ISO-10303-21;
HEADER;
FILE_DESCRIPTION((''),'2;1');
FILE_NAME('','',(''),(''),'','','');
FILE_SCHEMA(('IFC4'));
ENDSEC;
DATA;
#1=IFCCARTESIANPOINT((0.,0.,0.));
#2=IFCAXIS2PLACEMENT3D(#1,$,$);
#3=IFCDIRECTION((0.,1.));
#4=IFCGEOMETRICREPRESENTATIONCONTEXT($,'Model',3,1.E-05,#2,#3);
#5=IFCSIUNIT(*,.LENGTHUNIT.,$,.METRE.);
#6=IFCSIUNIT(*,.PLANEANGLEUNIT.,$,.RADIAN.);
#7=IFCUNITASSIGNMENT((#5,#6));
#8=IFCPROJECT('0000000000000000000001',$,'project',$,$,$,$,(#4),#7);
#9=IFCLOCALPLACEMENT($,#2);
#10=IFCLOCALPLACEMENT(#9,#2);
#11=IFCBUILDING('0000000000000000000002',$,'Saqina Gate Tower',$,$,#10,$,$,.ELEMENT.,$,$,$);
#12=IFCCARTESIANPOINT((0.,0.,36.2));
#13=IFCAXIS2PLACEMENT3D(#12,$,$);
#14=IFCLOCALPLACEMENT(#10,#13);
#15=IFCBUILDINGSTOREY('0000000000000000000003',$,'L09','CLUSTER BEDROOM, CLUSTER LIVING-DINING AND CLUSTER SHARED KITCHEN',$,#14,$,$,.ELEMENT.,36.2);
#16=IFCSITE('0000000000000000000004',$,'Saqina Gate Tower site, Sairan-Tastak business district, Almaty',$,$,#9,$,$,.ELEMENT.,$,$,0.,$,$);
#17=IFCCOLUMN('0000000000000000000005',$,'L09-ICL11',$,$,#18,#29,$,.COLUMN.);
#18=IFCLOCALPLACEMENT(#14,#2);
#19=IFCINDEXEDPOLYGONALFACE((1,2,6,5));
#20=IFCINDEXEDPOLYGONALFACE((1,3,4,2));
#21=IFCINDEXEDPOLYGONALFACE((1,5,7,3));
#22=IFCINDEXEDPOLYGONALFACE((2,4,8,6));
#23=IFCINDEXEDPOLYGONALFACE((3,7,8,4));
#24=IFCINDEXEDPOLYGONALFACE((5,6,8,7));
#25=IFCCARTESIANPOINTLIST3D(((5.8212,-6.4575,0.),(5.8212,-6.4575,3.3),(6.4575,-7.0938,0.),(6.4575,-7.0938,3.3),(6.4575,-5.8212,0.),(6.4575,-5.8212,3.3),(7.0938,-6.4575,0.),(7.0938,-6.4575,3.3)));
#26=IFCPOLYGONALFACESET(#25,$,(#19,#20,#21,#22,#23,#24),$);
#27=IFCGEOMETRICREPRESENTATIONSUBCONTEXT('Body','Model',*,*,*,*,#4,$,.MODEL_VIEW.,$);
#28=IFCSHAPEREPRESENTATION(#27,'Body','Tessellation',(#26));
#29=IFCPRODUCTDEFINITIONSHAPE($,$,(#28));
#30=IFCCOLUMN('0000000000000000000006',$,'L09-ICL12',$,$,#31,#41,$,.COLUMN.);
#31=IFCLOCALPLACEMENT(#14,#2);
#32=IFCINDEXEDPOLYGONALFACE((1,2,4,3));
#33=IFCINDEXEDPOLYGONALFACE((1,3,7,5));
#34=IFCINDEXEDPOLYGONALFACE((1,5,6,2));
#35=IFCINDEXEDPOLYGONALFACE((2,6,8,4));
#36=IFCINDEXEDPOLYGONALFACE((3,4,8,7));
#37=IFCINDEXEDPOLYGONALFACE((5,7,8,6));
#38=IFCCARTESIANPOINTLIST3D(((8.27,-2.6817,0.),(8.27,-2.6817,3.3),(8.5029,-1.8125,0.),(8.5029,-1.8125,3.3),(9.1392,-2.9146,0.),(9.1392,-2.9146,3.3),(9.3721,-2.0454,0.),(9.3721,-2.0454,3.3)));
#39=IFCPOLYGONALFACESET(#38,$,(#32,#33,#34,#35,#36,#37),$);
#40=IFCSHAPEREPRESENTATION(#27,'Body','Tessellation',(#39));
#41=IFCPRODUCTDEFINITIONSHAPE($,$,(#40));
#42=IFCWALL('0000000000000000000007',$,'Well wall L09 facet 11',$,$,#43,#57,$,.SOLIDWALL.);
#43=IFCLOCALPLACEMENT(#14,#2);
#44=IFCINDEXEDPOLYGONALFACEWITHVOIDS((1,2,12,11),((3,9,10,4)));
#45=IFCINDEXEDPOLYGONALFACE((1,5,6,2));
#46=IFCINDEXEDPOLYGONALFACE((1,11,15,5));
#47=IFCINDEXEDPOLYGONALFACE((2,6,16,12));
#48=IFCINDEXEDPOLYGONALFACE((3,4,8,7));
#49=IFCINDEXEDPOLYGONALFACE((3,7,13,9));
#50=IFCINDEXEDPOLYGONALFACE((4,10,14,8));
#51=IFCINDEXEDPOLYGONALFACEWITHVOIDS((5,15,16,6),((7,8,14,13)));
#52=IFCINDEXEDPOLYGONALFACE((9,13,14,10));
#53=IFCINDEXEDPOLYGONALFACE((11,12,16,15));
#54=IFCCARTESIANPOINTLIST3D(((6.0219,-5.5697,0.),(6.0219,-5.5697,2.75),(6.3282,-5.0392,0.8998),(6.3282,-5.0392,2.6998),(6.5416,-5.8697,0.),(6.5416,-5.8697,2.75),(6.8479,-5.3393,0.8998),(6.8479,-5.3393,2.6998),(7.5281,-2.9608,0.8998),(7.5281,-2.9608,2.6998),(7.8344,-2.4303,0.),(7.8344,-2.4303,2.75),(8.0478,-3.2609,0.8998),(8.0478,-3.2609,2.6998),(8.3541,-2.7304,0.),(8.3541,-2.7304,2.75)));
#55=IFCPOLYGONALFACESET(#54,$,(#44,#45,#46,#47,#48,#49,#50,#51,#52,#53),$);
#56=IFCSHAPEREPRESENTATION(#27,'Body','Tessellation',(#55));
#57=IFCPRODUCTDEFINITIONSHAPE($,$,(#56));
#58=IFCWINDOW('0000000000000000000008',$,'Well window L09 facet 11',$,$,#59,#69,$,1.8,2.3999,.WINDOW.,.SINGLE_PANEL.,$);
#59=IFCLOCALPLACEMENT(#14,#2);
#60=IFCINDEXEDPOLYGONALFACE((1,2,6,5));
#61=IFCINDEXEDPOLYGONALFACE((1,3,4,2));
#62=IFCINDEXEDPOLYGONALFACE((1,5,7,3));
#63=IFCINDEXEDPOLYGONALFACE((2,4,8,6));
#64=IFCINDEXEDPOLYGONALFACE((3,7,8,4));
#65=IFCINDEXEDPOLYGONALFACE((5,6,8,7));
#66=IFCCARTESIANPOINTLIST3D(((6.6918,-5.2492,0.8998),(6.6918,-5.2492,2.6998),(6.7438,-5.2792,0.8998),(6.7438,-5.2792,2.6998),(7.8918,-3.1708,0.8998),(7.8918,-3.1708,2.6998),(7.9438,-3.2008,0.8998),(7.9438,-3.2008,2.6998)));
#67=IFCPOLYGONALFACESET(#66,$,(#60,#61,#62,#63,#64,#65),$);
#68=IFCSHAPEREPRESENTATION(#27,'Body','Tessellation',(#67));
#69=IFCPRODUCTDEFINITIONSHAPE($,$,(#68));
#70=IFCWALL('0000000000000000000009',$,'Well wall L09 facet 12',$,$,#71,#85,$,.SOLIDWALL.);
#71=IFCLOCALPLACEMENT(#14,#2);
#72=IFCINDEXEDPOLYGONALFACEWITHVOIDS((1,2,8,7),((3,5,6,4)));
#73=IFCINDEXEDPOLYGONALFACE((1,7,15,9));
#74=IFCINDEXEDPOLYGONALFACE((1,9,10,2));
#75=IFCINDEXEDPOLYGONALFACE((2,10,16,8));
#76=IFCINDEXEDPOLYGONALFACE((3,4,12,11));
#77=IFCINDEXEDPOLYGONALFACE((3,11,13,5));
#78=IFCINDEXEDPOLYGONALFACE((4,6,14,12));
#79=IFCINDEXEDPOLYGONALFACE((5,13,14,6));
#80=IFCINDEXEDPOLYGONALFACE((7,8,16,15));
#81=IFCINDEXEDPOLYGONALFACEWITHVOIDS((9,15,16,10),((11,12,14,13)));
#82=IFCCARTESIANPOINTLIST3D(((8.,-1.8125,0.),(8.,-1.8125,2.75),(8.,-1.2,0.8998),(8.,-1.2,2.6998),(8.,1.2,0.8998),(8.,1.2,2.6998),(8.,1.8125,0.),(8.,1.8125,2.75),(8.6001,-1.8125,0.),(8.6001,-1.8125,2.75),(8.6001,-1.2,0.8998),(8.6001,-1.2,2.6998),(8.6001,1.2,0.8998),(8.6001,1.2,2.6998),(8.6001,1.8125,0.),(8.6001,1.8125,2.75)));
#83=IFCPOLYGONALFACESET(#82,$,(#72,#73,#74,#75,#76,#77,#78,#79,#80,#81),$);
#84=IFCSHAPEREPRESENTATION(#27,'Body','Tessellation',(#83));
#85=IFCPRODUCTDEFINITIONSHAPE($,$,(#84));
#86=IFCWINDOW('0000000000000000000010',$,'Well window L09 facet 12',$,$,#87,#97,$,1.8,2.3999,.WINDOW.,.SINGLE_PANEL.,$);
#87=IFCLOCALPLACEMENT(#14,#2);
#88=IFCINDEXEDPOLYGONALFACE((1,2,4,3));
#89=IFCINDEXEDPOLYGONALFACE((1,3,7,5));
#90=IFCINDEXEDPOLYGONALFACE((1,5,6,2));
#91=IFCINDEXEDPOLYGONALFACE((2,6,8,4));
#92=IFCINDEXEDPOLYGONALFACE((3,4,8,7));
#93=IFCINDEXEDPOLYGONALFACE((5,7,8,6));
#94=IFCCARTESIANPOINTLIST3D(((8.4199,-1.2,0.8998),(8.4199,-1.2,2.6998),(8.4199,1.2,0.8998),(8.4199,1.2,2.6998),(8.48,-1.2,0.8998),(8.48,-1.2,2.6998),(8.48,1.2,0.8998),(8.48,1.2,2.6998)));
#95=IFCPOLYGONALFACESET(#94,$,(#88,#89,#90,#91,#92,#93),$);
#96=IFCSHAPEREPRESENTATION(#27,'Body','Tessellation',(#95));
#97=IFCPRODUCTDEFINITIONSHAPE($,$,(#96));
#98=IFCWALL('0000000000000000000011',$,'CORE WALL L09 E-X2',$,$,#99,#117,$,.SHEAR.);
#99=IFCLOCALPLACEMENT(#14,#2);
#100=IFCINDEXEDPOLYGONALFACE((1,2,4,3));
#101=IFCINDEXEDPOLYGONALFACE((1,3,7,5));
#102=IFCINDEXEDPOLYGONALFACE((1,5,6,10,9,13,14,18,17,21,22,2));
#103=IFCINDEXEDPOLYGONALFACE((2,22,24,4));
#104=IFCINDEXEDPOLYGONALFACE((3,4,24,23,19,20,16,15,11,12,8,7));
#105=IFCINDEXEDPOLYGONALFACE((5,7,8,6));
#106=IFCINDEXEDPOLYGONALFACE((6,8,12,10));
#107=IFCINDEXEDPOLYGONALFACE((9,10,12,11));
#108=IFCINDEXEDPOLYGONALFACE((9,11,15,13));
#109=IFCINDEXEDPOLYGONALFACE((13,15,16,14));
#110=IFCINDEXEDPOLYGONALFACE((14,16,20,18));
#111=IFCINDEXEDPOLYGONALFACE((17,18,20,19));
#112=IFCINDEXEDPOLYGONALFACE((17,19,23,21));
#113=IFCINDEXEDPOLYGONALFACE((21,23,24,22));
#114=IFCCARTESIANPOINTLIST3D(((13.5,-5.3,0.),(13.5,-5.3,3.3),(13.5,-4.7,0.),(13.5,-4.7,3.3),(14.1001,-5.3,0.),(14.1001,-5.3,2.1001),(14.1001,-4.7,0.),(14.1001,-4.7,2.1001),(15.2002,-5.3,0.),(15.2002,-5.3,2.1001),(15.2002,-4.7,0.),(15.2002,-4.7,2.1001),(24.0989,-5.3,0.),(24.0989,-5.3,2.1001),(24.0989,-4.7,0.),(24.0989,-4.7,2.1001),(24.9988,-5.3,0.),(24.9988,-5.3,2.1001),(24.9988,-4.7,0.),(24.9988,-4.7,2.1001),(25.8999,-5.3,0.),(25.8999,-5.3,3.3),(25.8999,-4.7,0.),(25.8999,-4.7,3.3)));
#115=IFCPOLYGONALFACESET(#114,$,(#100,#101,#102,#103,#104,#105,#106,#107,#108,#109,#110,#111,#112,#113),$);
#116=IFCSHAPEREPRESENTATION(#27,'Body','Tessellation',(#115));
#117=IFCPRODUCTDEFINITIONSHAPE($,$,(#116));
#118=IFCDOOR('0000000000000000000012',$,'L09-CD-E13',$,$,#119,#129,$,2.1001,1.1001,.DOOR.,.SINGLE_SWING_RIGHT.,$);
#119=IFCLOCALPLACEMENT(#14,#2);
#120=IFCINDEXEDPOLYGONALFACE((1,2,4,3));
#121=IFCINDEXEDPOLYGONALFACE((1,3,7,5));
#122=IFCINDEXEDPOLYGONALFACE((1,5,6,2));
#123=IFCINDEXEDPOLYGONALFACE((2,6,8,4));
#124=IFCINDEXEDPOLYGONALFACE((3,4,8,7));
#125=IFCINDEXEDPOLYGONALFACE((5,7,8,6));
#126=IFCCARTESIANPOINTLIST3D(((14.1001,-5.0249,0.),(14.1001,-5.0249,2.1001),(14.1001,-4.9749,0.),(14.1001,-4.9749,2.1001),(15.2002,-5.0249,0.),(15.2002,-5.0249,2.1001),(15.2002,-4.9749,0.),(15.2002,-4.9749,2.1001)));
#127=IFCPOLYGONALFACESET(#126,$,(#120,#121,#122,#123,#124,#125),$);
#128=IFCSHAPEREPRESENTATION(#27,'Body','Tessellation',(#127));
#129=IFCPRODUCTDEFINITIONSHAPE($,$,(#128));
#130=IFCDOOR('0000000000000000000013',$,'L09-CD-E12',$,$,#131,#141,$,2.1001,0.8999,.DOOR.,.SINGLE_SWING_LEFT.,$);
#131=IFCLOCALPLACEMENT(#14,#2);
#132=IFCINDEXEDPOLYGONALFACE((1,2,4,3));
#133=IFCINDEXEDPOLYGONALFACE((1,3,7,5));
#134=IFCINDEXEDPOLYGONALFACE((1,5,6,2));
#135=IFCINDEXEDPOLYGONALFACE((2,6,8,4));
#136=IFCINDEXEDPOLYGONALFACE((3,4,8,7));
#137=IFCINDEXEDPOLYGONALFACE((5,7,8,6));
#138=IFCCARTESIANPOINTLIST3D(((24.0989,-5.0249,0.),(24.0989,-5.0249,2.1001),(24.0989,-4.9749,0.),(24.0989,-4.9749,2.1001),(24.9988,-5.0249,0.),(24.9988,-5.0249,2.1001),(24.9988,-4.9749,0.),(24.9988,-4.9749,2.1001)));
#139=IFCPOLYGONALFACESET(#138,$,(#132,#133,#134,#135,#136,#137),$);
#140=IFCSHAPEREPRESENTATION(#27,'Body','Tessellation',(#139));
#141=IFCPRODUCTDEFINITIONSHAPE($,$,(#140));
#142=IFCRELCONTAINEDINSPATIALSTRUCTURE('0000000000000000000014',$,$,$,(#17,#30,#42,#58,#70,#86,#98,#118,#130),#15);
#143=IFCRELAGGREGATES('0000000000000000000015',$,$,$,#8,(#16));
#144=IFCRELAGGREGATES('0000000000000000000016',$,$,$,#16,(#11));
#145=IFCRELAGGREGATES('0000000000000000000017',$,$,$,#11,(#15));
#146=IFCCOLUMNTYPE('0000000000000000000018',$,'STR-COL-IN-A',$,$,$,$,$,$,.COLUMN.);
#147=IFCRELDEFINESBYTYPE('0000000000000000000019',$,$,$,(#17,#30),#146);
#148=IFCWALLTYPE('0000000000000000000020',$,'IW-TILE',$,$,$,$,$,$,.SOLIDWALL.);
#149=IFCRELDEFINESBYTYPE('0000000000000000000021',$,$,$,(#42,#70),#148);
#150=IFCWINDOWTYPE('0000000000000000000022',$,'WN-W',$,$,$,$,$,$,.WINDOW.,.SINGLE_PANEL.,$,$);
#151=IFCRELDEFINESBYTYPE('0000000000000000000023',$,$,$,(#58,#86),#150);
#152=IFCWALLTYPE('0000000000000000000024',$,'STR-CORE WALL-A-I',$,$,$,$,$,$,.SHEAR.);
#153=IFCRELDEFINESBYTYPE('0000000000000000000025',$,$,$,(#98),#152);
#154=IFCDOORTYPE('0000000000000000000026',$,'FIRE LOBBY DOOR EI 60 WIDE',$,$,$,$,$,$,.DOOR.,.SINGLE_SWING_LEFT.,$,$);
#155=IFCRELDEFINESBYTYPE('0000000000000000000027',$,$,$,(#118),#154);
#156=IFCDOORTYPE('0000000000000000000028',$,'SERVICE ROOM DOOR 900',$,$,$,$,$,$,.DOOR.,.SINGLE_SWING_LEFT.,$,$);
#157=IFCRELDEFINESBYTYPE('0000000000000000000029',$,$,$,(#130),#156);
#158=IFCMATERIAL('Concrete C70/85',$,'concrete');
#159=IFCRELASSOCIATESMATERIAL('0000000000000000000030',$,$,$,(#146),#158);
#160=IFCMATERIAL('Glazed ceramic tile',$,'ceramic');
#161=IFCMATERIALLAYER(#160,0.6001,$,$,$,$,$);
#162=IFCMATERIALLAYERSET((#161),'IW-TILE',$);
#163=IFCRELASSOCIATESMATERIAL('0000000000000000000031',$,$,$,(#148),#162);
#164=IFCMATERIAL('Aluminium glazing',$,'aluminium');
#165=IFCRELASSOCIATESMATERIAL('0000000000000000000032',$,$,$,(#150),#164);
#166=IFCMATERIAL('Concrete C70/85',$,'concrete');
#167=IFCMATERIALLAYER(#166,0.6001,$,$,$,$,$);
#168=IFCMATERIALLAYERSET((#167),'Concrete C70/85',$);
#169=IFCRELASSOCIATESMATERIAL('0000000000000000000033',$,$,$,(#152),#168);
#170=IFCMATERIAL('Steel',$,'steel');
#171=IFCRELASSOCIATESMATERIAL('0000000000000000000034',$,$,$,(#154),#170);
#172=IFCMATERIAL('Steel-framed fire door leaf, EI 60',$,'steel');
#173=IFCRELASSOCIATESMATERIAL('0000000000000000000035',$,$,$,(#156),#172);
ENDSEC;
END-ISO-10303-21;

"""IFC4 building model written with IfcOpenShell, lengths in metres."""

from ifc_helpers import new_model, si_unit, direction, frame, frame_2d, origin, origin_2d, place, context, subcontext, project, spatial, rectangle, extrude, material, layer, layer_set, material_profile, profile_set, type_object, element, fill, save


model = new_model("IFC4")

# Units and contexts
model_context = context("Model", 3, precision=1e-05, world=origin(), true_north=direction((0.0, 1.0)))
body_context = subcontext(model_context, "Body", "Model", "MODEL_VIEW")
ifc_project = project(units=[si_unit("LENGTHUNIT", "METRE"), si_unit("PLANEANGLEUNIT", "RADIAN")], contexts=[model_context])

# Site, building, storey
site_placement = place(None, origin())
site = spatial("IfcSite", under=ifc_project, at=site_placement, Name="Saqina Gate Tower site, Sairan-Tastak business district, Almaty", CompositionType="ELEMENT", RefElevation=0.0)
building_placement = place(site_placement, origin())
building = spatial("IfcBuilding", under=site, at=building_placement, Name="Saqina Gate Tower", CompositionType="ELEMENT")
storey_placement = place(building_placement, frame((0.0, 0.0, 36.2)))
storey = spatial("IfcBuildingStorey", under=building, at=storey_placement, Name="L09", Description="CLUSTER BEDROOM, CLUSTER LIVING-DINING AND CLUSTER SHARED KITCHEN", CompositionType="ELEMENT", Elevation=36.2)

# Columns
ifc_material_1 = material(Name="Concrete C70/85", Category="concrete")
ifc_material_profile = material_profile(ifc_material_1, rectangle(XDim=0.8999, YDim=0.8999, at=origin_2d()), Name="RC 900x900")
ifc_profile_set = profile_set([ifc_material_profile], Name="Concrete C70/85")
column_type = type_object("IfcColumnType", Name="STR-COL-IN-A", PredefinedType="COLUMN", material=ifc_profile_set)
for number, where, z_axis, x_axis, name in (
    (1, (6.4575, -6.4575, 0.0), (0.0, 0.0, 1.0), (0.707107, -0.707107, 0.0), "L09-ICL11"),
    (2, (8.821, -2.3635, 0.0), (0.0, 0.0, 1.0), (0.965926, -0.258819, 0.0), "L09-ICL12"),
):
    element("IfcColumn", number, at=place(storey_placement, frame(where, z_axis=z_axis, x_axis=x_axis)), inside=storey, type_object=column_type, Name=name, PredefinedType="COLUMN", context=body_context, shape_type="SweptSolid", body=[
        extrude(rectangle(XDim=0.8999, YDim=0.8999, at=origin_2d()), origin(), (0.0, 0.0, 1.0), 3.3),
    ])

# Walls, openings, windows
ifc_material_2 = material(Name="Glazed ceramic tile", Category="ceramic")
ifc_layer_1 = layer(ifc_material_2, 0.6001)
ifc_layer_set_1 = layer_set([ifc_layer_1], Name="IW-TILE")
wall_type_1 = type_object("IfcWallType", Name="IW-TILE", PredefinedType="SOLIDWALL", material=ifc_layer_set_1)
wall_1_placement = place(storey_placement, frame((6.2817, -5.7197, 0.0), z_axis=(0.0, 0.0, 1.0), x_axis=(0.499993, 0.86603, 0.0)))
wall_1 = element("IfcWall", 3, at=wall_1_placement, inside=storey, type_object=wall_type_1, Name="Well wall L09 facet 11", PredefinedType="SOLIDWALL", context=body_context, shape_type="SweptSolid", body=[
    extrude(rectangle(XDim=3.625, YDim=0.6001, at=frame_2d((1.8125, 0.0))), origin(), (0.0, 0.0, 1.0), 2.75),
])
opening_1_placement = place(wall_1_placement, frame((0.6125, 0.0, 0.8999)))
opening_1 = element("IfcOpeningElement", 4, at=opening_1_placement, cuts=wall_1, PredefinedType="OPENING", context=body_context, shape_type="SweptSolid", body=[
    extrude(rectangle(XDim=2.3999, YDim=1.8, at=frame_2d((1.2, 0.8999))), frame((0.0, 0.312, 0.0), z_axis=(0.0, -1.0, 0.0), x_axis=(1.0, 0.0, 0.0)), (0.0, 0.0, 1.0), 0.624),
])
ifc_material_3 = material(Name="Aluminium glazing", Category="aluminium")
window_type = type_object("IfcWindowType", Name="WN-W", PartitioningType="SINGLE_PANEL", PredefinedType="WINDOW", material=ifc_material_3)
window_1_placement = place(opening_1_placement, origin())
window_1 = element("IfcWindow", 5, at=window_1_placement, inside=storey, type_object=window_type, Name="Well window L09 facet 11", OverallHeight=1.8, OverallWidth=2.3999, PartitioningType="SINGLE_PANEL", PredefinedType="WINDOW", context=body_context, shape_type="SweptSolid", body=[
    extrude(rectangle(XDim=2.3999, YDim=1.8, at=frame_2d((1.2, 0.8999))), frame((0.0, -0.1199, 0.0), z_axis=(0.0, -1.0, 0.0), x_axis=(1.0, 0.0, 0.0)), (0.0, 0.0, 1.0), 0.0601),
])
fill(opening_1, window_1)
wall_2_placement = place(storey_placement, frame((8.3, -1.8125, 0.0), z_axis=(0.0, 0.0, 1.0), x_axis=(0.0, 1.0, 0.0)))
wall_2 = element("IfcWall", 6, at=wall_2_placement, inside=storey, type_object=wall_type_1, Name="Well wall L09 facet 12", PredefinedType="SOLIDWALL", context=body_context, shape_type="SweptSolid", body=[
    extrude(rectangle(XDim=3.625, YDim=0.6001, at=frame_2d((1.8125, 0.0))), origin(), (0.0, 0.0, 1.0), 2.75),
])
opening_2_placement = place(wall_2_placement, frame((0.6125, 0.0, 0.8999)))
opening_2 = element("IfcOpeningElement", 7, at=opening_2_placement, cuts=wall_2, PredefinedType="OPENING", context=body_context, shape_type="SweptSolid", body=[
    extrude(rectangle(XDim=2.3999, YDim=1.8, at=frame_2d((1.2, 0.8999))), frame((0.0, 0.312, 0.0), z_axis=(0.0, -1.0, 0.0), x_axis=(1.0, 0.0, 0.0)), (0.0, 0.0, 1.0), 0.624),
])
window_2_placement = place(opening_2_placement, origin())
window_2 = element("IfcWindow", 8, at=window_2_placement, inside=storey, type_object=window_type, Name="Well window L09 facet 12", OverallHeight=1.8, OverallWidth=2.3999, PartitioningType="SINGLE_PANEL", PredefinedType="WINDOW", context=body_context, shape_type="SweptSolid", body=[
    extrude(rectangle(XDim=2.3999, YDim=1.8, at=frame_2d((1.2, 0.8999))), frame((0.0, -0.1199, 0.0), z_axis=(0.0, -1.0, 0.0), x_axis=(1.0, 0.0, 0.0)), (0.0, 0.0, 1.0), 0.0601),
])
fill(opening_2, window_2)

# Wall, openings, doors
ifc_material_4 = material(Name="Concrete C70/85", Category="concrete")
ifc_layer_2 = layer(ifc_material_4, 0.6001)
ifc_layer_set_2 = layer_set([ifc_layer_2], Name="Concrete C70/85")
wall_type_2 = type_object("IfcWallType", Name="STR-CORE WALL-A-I", PredefinedType="SHEAR", material=ifc_layer_set_2)
wall_3_placement = place(storey_placement, frame((13.5, -5.0, 0.0), z_axis=(0.0, 0.0, 1.0), x_axis=(1.0, 0.0, 0.0)))
wall_3 = element("IfcWall", 9, at=wall_3_placement, inside=storey, type_object=wall_type_2, Name="CORE WALL L09 E-X2", PredefinedType="SHEAR", context=body_context, shape_type="SweptSolid", body=[
    extrude(rectangle(XDim=12.3999, YDim=0.6001, at=frame_2d((6.2, 0.0))), origin(), (0.0, 0.0, 1.0), 3.3),
])
opening_3_placement = place(wall_3_placement, frame((10.5989, 0.0, 0.0)))
opening_3 = element("IfcOpeningElement", 10, at=opening_3_placement, cuts=wall_3, PredefinedType="OPENING", context=body_context, shape_type="SweptSolid", body=[
    extrude(rectangle(XDim=0.8999, YDim=2.1001, at=frame_2d((0.45, 1.05))), frame((0.0, 0.312, 0.0), z_axis=(0.0, -1.0, 0.0), x_axis=(1.0, 0.0, 0.0)), (0.0, 0.0, 1.0), 0.624),
])
opening_4_placement = place(wall_3_placement, frame((0.6001, 0.0, 0.0)))
opening_4 = element("IfcOpeningElement", 11, at=opening_4_placement, cuts=wall_3, PredefinedType="OPENING", context=body_context, shape_type="SweptSolid", body=[
    extrude(rectangle(XDim=1.1001, YDim=2.1001, at=frame_2d((0.55, 1.05))), frame((0.0, 0.312, 0.0), z_axis=(0.0, -1.0, 0.0), x_axis=(1.0, 0.0, 0.0)), (0.0, 0.0, 1.0), 0.624),
])
ifc_material_5 = material(Name="Steel", Category="steel")
door_type_1 = type_object("IfcDoorType", Name="FIRE LOBBY DOOR EI 60 WIDE", OperationType="SINGLE_SWING_LEFT", PredefinedType="DOOR", material=ifc_material_5)
door_1_placement = place(opening_4_placement, frame((1.1001, 0.0, 0.0), z_axis=(0.0, 0.0, 1.0), x_axis=(-1.0, 0.0, 0.0)))
door_1 = element("IfcDoor", 12, at=door_1_placement, inside=storey, type_object=door_type_1, Name="L09-CD-E13", OperationType="SINGLE_SWING_RIGHT", OverallHeight=2.1001, OverallWidth=1.1001, PredefinedType="DOOR", context=body_context, shape_type="SweptSolid", body=[
    extrude(rectangle(XDim=1.1001, YDim=2.1001, at=frame_2d((0.55, 1.05))), frame((0.0, 0.0249, 0.0), z_axis=(0.0, -1.0, 0.0), x_axis=(1.0, 0.0, 0.0)), (0.0, 0.0, 1.0), 0.05),
])
fill(opening_4, door_1)
ifc_material_6 = material(Name="Steel-framed fire door leaf, EI 60", Category="steel")
door_type_2 = type_object("IfcDoorType", Name="SERVICE ROOM DOOR 900", OperationType="SINGLE_SWING_LEFT", PredefinedType="DOOR", material=ifc_material_6)
door_2_placement = place(opening_3_placement, frame((0.8999, 0.0, 0.0), z_axis=(0.0, 0.0, 1.0), x_axis=(-1.0, 0.0, 0.0)))
door_2 = element("IfcDoor", 13, at=door_2_placement, inside=storey, type_object=door_type_2, Name="L09-CD-E12", OperationType="SINGLE_SWING_LEFT", OverallHeight=2.1001, OverallWidth=0.8999, PredefinedType="DOOR", context=body_context, shape_type="SweptSolid", body=[
    extrude(rectangle(XDim=0.8999, YDim=2.1001, at=frame_2d((0.45, 1.05))), frame((0.0, 0.0249, 0.0), z_axis=(0.0, -1.0, 0.0), x_axis=(1.0, 0.0, 0.0)), (0.0, 0.0, 1.0), 0.05),
])
fill(opening_3, door_2)

save(model, "model.ifc")
